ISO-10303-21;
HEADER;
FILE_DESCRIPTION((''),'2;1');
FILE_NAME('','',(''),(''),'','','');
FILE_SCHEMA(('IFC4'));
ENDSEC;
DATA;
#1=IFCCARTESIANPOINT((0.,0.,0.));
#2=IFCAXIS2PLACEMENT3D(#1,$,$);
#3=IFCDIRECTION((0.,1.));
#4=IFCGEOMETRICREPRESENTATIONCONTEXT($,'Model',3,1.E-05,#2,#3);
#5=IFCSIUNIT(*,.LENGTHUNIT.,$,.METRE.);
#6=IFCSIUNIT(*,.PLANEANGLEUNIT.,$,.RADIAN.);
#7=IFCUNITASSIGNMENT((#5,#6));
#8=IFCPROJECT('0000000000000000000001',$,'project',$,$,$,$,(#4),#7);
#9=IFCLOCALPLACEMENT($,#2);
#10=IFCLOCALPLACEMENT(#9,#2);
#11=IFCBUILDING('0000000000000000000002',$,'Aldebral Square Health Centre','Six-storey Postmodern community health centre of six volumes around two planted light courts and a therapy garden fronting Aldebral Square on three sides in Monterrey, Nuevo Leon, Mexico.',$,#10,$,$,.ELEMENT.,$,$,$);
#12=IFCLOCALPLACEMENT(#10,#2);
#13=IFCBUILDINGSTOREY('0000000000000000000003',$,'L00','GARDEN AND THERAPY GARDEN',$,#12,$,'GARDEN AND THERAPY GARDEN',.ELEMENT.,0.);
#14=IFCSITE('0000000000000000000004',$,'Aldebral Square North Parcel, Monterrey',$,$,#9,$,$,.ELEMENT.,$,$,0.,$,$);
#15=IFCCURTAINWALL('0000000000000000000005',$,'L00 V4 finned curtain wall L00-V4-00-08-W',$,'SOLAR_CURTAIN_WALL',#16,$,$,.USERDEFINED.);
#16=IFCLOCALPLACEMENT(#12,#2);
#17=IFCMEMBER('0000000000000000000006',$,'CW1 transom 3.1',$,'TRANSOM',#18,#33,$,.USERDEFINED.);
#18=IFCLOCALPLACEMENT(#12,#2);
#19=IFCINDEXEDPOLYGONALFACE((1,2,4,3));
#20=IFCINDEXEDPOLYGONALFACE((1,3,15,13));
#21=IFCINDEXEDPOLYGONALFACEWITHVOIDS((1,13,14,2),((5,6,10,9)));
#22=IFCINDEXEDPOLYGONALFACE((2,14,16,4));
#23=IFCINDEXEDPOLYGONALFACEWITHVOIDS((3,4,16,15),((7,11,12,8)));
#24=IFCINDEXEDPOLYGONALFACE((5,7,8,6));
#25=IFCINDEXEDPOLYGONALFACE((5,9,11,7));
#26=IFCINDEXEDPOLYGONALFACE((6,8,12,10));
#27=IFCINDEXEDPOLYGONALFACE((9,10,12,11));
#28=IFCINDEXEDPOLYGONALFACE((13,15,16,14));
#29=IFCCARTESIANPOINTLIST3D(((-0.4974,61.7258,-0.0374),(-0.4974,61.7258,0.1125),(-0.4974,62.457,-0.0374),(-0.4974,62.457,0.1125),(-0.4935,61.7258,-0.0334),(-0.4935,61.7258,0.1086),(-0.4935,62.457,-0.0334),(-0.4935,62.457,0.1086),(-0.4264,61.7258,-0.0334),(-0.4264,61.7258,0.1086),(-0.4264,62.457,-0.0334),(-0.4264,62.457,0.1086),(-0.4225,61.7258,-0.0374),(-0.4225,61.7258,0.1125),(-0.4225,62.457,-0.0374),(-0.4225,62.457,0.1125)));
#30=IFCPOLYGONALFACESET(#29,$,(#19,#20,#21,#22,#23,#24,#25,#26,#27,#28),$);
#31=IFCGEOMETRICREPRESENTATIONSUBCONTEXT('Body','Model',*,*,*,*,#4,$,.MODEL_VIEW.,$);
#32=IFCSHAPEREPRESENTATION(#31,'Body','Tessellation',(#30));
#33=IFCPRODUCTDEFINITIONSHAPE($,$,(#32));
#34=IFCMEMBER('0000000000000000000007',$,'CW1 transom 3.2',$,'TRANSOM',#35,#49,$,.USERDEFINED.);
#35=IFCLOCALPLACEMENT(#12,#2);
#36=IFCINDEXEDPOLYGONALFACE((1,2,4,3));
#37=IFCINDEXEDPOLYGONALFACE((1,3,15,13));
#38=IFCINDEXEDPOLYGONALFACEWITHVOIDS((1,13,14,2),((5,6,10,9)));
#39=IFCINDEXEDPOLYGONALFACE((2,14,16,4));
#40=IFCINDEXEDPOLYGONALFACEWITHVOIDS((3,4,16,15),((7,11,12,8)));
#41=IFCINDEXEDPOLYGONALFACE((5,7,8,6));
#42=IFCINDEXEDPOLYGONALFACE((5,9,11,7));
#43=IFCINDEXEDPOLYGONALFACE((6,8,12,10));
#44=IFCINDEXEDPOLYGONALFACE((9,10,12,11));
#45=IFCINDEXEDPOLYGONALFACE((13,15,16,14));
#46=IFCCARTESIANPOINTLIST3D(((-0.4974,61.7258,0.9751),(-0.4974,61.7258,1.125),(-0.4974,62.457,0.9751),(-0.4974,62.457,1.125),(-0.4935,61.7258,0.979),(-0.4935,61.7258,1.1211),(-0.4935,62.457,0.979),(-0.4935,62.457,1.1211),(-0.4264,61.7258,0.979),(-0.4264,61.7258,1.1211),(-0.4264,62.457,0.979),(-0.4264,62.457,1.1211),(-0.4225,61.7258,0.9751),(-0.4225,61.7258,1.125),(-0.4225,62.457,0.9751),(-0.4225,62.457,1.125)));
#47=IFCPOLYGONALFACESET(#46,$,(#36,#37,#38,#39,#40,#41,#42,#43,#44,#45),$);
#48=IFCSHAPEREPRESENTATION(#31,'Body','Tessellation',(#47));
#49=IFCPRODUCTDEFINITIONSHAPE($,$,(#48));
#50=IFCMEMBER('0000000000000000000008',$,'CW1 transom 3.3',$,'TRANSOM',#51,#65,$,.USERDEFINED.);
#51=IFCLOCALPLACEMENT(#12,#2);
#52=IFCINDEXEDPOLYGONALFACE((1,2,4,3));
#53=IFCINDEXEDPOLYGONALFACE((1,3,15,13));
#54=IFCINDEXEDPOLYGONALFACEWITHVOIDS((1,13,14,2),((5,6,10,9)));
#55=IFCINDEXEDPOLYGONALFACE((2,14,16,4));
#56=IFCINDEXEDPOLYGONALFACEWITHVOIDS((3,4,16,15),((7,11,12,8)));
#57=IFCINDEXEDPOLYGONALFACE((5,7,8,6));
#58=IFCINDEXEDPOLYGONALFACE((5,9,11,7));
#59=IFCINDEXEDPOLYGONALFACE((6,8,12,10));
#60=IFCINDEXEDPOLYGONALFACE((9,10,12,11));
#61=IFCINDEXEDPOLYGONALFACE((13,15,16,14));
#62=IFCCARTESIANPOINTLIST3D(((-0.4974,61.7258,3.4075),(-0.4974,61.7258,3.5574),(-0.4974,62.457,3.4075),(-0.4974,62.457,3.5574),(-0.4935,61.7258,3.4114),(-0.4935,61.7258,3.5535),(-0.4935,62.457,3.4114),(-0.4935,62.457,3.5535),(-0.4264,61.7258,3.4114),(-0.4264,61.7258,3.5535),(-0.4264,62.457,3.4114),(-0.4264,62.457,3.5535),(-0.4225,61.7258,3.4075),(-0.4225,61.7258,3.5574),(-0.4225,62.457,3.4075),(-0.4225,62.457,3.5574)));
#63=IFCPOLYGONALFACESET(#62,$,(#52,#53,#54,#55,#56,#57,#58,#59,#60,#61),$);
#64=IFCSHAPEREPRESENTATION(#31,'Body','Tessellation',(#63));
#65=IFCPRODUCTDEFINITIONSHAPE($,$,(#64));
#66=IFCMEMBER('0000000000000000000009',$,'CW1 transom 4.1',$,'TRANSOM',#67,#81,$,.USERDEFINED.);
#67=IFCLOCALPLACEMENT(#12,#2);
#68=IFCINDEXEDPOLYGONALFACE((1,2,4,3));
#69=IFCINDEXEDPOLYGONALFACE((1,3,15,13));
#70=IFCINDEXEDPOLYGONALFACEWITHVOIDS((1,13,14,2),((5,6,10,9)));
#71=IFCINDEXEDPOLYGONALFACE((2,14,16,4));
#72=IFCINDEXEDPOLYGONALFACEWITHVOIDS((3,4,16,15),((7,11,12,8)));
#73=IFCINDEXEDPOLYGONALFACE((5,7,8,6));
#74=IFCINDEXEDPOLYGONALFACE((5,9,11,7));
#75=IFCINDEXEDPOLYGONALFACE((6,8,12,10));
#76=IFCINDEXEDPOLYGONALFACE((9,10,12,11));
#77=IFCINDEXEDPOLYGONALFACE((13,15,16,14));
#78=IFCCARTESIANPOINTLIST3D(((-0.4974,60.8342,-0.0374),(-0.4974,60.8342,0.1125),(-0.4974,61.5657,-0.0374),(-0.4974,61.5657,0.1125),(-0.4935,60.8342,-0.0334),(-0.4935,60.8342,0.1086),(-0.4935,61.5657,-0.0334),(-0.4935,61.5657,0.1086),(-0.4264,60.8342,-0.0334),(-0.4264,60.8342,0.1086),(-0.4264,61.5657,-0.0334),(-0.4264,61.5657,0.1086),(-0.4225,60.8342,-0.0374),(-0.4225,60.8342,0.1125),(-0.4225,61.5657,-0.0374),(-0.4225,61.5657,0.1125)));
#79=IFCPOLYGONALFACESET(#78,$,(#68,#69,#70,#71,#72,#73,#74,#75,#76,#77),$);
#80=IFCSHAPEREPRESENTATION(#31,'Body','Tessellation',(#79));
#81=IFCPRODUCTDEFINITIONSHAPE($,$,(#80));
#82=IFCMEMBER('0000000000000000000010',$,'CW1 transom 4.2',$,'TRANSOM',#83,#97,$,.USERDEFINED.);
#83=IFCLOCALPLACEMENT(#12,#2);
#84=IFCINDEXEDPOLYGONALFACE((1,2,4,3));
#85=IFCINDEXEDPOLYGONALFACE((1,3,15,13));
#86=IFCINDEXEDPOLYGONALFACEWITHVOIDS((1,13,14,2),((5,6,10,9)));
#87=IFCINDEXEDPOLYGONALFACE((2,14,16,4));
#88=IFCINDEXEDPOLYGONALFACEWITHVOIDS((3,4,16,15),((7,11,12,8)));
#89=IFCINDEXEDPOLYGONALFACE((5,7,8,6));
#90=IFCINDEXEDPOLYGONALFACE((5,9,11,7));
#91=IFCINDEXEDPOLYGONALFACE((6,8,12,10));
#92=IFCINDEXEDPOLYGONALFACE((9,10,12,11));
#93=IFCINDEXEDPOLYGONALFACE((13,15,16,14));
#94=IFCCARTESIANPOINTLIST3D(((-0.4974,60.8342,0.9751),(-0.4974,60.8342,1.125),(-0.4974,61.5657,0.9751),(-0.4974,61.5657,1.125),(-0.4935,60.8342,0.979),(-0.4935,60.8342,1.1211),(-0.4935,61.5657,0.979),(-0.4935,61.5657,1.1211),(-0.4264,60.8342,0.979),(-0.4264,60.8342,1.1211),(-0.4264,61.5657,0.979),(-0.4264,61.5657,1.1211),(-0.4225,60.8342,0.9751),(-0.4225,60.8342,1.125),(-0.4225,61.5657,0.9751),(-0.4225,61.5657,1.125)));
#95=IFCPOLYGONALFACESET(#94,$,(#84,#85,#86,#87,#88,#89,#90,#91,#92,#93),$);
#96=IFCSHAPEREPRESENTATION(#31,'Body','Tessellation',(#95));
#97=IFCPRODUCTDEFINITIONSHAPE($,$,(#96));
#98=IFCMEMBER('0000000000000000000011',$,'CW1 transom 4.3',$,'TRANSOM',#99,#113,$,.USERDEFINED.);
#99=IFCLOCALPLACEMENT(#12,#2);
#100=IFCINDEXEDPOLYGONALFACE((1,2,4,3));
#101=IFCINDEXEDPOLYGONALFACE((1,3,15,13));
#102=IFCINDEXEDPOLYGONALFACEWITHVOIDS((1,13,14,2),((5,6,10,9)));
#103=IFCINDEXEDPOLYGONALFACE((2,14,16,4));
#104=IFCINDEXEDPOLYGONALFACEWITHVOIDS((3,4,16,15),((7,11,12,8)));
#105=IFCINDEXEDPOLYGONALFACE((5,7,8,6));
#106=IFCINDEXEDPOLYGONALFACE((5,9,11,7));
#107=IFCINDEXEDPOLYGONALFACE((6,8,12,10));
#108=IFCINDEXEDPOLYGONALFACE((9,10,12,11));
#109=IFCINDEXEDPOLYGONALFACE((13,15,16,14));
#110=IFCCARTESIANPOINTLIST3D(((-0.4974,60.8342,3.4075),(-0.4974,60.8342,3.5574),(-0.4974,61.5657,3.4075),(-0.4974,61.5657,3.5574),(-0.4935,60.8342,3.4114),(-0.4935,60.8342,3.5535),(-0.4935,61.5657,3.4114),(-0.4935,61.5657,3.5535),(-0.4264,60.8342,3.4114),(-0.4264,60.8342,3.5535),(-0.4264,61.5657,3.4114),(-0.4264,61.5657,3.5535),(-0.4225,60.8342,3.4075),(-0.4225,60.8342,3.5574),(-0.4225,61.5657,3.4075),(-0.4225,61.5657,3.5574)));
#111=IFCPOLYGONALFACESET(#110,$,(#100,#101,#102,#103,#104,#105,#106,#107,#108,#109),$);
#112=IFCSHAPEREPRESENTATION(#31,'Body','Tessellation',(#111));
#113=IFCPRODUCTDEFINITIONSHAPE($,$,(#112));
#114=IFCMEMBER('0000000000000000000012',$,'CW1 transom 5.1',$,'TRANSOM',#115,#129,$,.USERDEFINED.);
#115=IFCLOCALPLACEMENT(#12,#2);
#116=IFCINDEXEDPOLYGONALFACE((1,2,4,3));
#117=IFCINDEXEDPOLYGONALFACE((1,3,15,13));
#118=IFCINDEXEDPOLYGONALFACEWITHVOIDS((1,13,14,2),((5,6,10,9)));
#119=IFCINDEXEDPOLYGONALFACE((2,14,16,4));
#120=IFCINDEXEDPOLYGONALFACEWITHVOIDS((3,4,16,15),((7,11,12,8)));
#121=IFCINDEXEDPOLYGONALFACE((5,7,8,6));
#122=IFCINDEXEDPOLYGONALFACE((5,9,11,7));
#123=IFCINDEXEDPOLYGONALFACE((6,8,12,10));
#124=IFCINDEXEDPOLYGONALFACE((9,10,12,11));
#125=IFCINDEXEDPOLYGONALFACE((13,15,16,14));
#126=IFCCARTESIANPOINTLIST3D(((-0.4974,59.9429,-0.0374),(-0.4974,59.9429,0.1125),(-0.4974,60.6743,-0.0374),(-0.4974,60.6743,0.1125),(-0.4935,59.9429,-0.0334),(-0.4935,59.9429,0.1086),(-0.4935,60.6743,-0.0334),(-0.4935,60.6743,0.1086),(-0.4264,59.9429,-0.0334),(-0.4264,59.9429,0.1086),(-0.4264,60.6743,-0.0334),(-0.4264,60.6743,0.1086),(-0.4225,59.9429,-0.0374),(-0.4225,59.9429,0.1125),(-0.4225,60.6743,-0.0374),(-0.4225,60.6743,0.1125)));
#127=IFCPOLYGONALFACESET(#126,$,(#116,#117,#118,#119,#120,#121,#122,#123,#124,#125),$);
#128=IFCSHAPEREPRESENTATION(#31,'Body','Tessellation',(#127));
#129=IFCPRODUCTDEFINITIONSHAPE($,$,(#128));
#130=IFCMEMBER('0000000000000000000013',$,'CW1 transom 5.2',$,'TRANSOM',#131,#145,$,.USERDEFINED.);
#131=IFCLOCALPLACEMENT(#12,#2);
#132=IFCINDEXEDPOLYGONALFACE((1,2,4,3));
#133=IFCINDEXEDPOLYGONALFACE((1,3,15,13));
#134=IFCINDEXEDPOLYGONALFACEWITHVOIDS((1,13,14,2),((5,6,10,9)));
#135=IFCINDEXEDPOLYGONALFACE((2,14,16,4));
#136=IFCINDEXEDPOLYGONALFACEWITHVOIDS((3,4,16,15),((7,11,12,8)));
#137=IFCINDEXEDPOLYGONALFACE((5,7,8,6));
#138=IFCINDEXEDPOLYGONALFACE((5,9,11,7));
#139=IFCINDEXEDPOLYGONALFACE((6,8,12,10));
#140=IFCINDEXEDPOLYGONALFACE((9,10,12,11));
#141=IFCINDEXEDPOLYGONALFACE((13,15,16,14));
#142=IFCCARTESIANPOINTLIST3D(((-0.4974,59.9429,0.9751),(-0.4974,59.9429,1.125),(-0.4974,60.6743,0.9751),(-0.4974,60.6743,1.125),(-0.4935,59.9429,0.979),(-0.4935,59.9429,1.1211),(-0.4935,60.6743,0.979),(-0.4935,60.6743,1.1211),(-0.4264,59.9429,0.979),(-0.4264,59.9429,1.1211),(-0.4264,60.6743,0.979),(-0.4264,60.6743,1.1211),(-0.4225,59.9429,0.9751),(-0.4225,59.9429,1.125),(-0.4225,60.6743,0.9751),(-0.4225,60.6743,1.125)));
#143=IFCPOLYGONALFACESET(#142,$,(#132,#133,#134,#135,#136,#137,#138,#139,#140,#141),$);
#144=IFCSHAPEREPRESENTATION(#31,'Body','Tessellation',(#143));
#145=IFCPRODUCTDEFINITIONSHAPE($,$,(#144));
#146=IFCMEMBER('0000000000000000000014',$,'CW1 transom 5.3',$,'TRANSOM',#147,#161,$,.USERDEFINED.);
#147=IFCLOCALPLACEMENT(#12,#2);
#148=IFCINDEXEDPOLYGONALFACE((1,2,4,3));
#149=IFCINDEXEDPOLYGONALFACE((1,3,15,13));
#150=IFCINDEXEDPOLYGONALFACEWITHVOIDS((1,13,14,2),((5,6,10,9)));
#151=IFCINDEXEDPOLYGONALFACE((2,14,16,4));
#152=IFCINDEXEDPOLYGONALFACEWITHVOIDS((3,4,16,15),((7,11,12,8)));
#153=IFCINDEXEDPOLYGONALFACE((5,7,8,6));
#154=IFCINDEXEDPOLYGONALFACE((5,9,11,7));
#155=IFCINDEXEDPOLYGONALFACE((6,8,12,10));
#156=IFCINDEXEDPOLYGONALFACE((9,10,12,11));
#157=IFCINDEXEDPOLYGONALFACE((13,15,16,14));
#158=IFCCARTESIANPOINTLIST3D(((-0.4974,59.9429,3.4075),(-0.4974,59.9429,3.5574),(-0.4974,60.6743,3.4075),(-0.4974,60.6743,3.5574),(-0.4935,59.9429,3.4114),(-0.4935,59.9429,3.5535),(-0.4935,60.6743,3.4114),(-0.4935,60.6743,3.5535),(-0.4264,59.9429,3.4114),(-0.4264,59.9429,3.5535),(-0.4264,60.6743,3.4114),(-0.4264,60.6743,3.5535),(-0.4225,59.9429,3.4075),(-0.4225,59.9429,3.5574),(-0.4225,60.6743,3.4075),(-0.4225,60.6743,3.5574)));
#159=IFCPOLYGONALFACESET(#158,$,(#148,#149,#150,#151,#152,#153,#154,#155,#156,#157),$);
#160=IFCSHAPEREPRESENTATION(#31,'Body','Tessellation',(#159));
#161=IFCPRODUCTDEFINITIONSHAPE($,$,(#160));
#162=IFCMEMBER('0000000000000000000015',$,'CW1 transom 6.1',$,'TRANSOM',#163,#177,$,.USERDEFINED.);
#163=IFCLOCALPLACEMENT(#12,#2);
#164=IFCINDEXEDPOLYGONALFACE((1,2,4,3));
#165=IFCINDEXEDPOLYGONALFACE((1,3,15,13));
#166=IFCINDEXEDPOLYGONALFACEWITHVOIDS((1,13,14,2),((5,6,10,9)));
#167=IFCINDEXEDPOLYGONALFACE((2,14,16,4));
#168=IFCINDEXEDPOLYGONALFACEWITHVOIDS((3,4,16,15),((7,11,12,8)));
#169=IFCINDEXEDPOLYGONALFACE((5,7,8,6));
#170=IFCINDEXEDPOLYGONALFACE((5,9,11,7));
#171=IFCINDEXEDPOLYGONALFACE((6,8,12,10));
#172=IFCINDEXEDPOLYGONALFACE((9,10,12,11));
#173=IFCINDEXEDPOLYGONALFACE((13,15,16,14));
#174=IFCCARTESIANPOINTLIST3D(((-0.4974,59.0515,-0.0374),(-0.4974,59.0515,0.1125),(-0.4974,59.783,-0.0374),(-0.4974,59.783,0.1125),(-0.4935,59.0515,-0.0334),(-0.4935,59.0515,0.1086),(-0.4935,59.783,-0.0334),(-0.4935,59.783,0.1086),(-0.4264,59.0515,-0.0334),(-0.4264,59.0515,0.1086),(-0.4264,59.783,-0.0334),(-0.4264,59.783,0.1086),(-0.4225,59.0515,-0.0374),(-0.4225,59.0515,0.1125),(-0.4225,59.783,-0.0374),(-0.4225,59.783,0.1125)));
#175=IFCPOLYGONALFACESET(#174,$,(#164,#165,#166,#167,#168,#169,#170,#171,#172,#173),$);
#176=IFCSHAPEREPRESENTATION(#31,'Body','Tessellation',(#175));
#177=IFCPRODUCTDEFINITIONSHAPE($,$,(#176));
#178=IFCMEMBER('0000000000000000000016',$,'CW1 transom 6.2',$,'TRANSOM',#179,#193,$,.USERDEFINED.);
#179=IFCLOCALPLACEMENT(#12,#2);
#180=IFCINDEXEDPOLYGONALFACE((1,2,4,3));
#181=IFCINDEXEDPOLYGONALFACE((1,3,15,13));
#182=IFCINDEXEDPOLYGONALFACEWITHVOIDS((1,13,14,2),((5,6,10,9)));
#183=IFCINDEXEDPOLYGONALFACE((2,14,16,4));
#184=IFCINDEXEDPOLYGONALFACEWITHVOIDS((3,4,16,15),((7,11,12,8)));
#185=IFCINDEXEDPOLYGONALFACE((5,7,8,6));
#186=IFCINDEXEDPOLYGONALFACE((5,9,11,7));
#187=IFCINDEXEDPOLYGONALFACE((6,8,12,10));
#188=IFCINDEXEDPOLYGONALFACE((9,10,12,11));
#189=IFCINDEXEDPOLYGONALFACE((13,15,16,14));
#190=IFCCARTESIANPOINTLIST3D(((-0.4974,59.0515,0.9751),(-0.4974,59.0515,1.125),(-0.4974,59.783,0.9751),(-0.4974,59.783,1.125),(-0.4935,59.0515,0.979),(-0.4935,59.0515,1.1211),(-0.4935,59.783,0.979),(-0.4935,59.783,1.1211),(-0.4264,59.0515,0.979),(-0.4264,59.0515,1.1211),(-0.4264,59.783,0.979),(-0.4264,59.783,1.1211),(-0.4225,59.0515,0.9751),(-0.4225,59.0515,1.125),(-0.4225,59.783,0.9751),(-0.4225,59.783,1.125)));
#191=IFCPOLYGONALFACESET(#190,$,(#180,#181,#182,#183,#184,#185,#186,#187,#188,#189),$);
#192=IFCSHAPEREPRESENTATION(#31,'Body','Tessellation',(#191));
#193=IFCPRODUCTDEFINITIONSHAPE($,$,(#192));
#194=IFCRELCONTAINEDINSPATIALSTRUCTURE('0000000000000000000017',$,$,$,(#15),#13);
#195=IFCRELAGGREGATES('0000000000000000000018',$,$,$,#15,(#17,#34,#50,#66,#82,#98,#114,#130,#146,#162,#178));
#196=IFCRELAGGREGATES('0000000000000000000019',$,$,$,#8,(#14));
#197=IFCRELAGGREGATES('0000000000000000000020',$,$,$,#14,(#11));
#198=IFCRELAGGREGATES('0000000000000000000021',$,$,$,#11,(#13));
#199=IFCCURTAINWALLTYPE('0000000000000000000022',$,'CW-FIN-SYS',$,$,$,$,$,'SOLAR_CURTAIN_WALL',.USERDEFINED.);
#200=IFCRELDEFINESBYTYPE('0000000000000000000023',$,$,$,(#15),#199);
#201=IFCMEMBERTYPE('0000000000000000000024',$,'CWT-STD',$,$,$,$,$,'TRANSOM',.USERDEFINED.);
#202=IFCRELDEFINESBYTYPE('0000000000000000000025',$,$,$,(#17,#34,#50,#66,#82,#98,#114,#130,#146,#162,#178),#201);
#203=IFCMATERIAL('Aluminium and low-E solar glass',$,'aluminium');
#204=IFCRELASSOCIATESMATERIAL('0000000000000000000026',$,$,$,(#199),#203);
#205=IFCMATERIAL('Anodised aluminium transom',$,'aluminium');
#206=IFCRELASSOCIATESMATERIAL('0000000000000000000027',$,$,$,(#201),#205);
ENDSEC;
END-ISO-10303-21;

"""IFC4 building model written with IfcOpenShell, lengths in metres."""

from ifc_helpers import new_model, si_unit, direction, frame, origin, origin_2d, place, context, subcontext, project, spatial, hollow_rectangle, extrude, material, material_profile, profile_set, type_object, element, aggregate, save


model = new_model("IFC4")

# Units and contexts
model_context = context("Model", 3, precision=1e-05, world=origin(), true_north=direction((0.0, 1.0)))
body_context = subcontext(model_context, "Body", "Model", "MODEL_VIEW")
ifc_project = project(units=[si_unit("LENGTHUNIT", "METRE"), si_unit("PLANEANGLEUNIT", "RADIAN")], contexts=[model_context])

# Site, building, storey
site_placement = place(None, origin())
site = spatial("IfcSite", under=ifc_project, at=site_placement, Name="Aldebral Square North Parcel, Monterrey", CompositionType="ELEMENT", RefElevation=0.0)
building_placement = place(site_placement, origin())
building = spatial("IfcBuilding", under=site, at=building_placement, Name="Aldebral Square Health Centre", Description="Six-storey Postmodern community health centre of six volumes around two planted light courts and a therapy garden fronting Aldebral Square on three sides in Monterrey, Nuevo Leon, Mexico.", CompositionType="ELEMENT")
storey_placement = place(building_placement, origin())
storey = spatial("IfcBuildingStorey", under=building, at=storey_placement, Name="L00", Description="GARDEN AND THERAPY GARDEN", LongName="GARDEN AND THERAPY GARDEN", CompositionType="ELEMENT", Elevation=0.0)

# Curtain wall, members
ifc_material_1 = material(Name="Aluminium and low-E solar glass", Category="aluminium")
curtain_wall_type = type_object("IfcCurtainWallType", Name="CW-FIN-SYS", ElementType="SOLAR_CURTAIN_WALL", PredefinedType="USERDEFINED", material=ifc_material_1)
curtain_wall_placement = place(storey_placement, origin())
curtain_wall = element("IfcCurtainWall", 1, at=curtain_wall_placement, inside=storey, type_object=curtain_wall_type, Name="L00 V4 finned curtain wall L00-V4-00-08-W", ObjectType="SOLAR_CURTAIN_WALL", PredefinedType="USERDEFINED")
ifc_material_2 = material(Name="Anodised aluminium transom", Category="aluminium")
ifc_material_profile_1 = material_profile(ifc_material_2, hollow_rectangle(XDim=0.075, YDim=0.1499, WallThickness=0.0039, at=origin_2d()), Name="CWT 75x150x4")
ifc_profile_set_1 = profile_set([ifc_material_profile_1], Name="Anodised aluminium transom")
member_type_1 = type_object("IfcMemberType", Name="CWT-STD", ElementType="TRANSOM", PredefinedType="USERDEFINED", material=ifc_profile_set_1)
member_1_placement = place(storey_placement, frame((-0.46, 62.457, 0.0376), z_axis=(0.0, -1.0, 0.0), x_axis=(1.0, 0.0, 0.0)))
member_1 = element("IfcMember", 2, at=member_1_placement, type_object=member_type_1, Name="CW1 transom 3.1", ObjectType="TRANSOM", PredefinedType="USERDEFINED", context=body_context, shape_type="SweptSolid", body=[
    extrude(hollow_rectangle(XDim=0.075, YDim=0.1499, WallThickness=0.0039, at=origin_2d()), origin(), (0.0, 0.0, 1.0), 0.7312),
])
member_2_placement = place(storey_placement, frame((-0.46, 62.457, 1.05), z_axis=(0.0, -1.0, 0.0), x_axis=(1.0, 0.0, 0.0)))
member_2 = element("IfcMember", 3, at=member_2_placement, type_object=member_type_1, Name="CW1 transom 3.2", ObjectType="TRANSOM", PredefinedType="USERDEFINED", context=body_context, shape_type="SweptSolid", body=[
    extrude(hollow_rectangle(XDim=0.075, YDim=0.1499, WallThickness=0.0039, at=origin_2d()), origin(), (0.0, 0.0, 1.0), 0.7312),
])
member_3_placement = place(storey_placement, frame((-0.46, 62.457, 3.4824), z_axis=(0.0, -1.0, 0.0), x_axis=(1.0, 0.0, 0.0)))
member_3 = element("IfcMember", 4, at=member_3_placement, type_object=member_type_1, Name="CW1 transom 3.3", ObjectType="TRANSOM", PredefinedType="USERDEFINED", context=body_context, shape_type="SweptSolid", body=[
    extrude(hollow_rectangle(XDim=0.075, YDim=0.1499, WallThickness=0.0039, at=origin_2d()), origin(), (0.0, 0.0, 1.0), 0.7312),
])
member_4_placement = place(storey_placement, frame((-0.46, 61.5657, 0.0376), z_axis=(0.0, -1.0, 0.0), x_axis=(1.0, 0.0, 0.0)))
member_4 = element("IfcMember", 5, at=member_4_placement, type_object=member_type_1, Name="CW1 transom 4.1", ObjectType="TRANSOM", PredefinedType="USERDEFINED", context=body_context, shape_type="SweptSolid", body=[
    extrude(hollow_rectangle(XDim=0.075, YDim=0.1499, WallThickness=0.0039, at=origin_2d()), origin(), (0.0, 0.0, 1.0), 0.7314),
])
member_5_placement = place(storey_placement, frame((-0.46, 61.5657, 1.05), z_axis=(0.0, -1.0, 0.0), x_axis=(1.0, 0.0, 0.0)))
member_5 = element("IfcMember", 6, at=member_5_placement, type_object=member_type_1, Name="CW1 transom 4.2", ObjectType="TRANSOM", PredefinedType="USERDEFINED", context=body_context, shape_type="SweptSolid", body=[
    extrude(hollow_rectangle(XDim=0.075, YDim=0.1499, WallThickness=0.0039, at=origin_2d()), origin(), (0.0, 0.0, 1.0), 0.7314),
])
member_6_placement = place(storey_placement, frame((-0.46, 61.5657, 3.4824), z_axis=(0.0, -1.0, 0.0), x_axis=(1.0, 0.0, 0.0)))
member_6 = element("IfcMember", 7, at=member_6_placement, type_object=member_type_1, Name="CW1 transom 4.3", ObjectType="TRANSOM", PredefinedType="USERDEFINED", context=body_context, shape_type="SweptSolid", body=[
    extrude(hollow_rectangle(XDim=0.075, YDim=0.1499, WallThickness=0.0039, at=origin_2d()), origin(), (0.0, 0.0, 1.0), 0.7314),
])
member_7_placement = place(storey_placement, frame((-0.46, 60.6743, 0.0376), z_axis=(0.0, -1.0, 0.0), x_axis=(1.0, 0.0, 0.0)))
member_7 = element("IfcMember", 8, at=member_7_placement, type_object=member_type_1, Name="CW1 transom 5.1", ObjectType="TRANSOM", PredefinedType="USERDEFINED", context=body_context, shape_type="SweptSolid", body=[
    extrude(hollow_rectangle(XDim=0.075, YDim=0.1499, WallThickness=0.0039, at=origin_2d()), origin(), (0.0, 0.0, 1.0), 0.7314),
])
member_8_placement = place(storey_placement, frame((-0.46, 60.6743, 1.05), z_axis=(0.0, -1.0, 0.0), x_axis=(1.0, 0.0, 0.0)))
member_8 = element("IfcMember", 9, at=member_8_placement, type_object=member_type_1, Name="CW1 transom 5.2", ObjectType="TRANSOM", PredefinedType="USERDEFINED", context=body_context, shape_type="SweptSolid", body=[
    extrude(hollow_rectangle(XDim=0.075, YDim=0.1499, WallThickness=0.0039, at=origin_2d()), origin(), (0.0, 0.0, 1.0), 0.7314),
])
member_9_placement = place(storey_placement, frame((-0.46, 60.6743, 3.4824), z_axis=(0.0, -1.0, 0.0), x_axis=(1.0, 0.0, 0.0)))
member_9 = element("IfcMember", 10, at=member_9_placement, type_object=member_type_1, Name="CW1 transom 5.3", ObjectType="TRANSOM", PredefinedType="USERDEFINED", context=body_context, shape_type="SweptSolid", body=[
    extrude(hollow_rectangle(XDim=0.075, YDim=0.1499, WallThickness=0.0039, at=origin_2d()), origin(), (0.0, 0.0, 1.0), 0.7314),
])
member_10_placement = place(storey_placement, frame((-0.46, 59.783, 0.0376), z_axis=(0.0, -1.0, 0.0), x_axis=(1.0, 0.0, 0.0)))
member_10 = element("IfcMember", 11, at=member_10_placement, type_object=member_type_1, Name="CW1 transom 6.1", ObjectType="TRANSOM", PredefinedType="USERDEFINED", context=body_context, shape_type="SweptSolid", body=[
    extrude(hollow_rectangle(XDim=0.075, YDim=0.1499, WallThickness=0.0039, at=origin_2d()), origin(), (0.0, 0.0, 1.0), 0.7314),
])
member_11_placement = place(storey_placement, frame((-0.46, 59.783, 1.05), z_axis=(0.0, -1.0, 0.0), x_axis=(1.0, 0.0, 0.0)))
member_11 = element("IfcMember", 12, at=member_11_placement, type_object=member_type_1, Name="CW1 transom 6.2", ObjectType="TRANSOM", PredefinedType="USERDEFINED", context=body_context, shape_type="SweptSolid", body=[
    extrude(hollow_rectangle(XDim=0.075, YDim=0.1499, WallThickness=0.0039, at=origin_2d()), origin(), (0.0, 0.0, 1.0), 0.7314),
])
aggregate(curtain_wall, [member_1, member_2, member_3, member_4, member_5, member_6, member_7, member_8, member_9, member_10, member_11])

save(model, "model.ifc")
